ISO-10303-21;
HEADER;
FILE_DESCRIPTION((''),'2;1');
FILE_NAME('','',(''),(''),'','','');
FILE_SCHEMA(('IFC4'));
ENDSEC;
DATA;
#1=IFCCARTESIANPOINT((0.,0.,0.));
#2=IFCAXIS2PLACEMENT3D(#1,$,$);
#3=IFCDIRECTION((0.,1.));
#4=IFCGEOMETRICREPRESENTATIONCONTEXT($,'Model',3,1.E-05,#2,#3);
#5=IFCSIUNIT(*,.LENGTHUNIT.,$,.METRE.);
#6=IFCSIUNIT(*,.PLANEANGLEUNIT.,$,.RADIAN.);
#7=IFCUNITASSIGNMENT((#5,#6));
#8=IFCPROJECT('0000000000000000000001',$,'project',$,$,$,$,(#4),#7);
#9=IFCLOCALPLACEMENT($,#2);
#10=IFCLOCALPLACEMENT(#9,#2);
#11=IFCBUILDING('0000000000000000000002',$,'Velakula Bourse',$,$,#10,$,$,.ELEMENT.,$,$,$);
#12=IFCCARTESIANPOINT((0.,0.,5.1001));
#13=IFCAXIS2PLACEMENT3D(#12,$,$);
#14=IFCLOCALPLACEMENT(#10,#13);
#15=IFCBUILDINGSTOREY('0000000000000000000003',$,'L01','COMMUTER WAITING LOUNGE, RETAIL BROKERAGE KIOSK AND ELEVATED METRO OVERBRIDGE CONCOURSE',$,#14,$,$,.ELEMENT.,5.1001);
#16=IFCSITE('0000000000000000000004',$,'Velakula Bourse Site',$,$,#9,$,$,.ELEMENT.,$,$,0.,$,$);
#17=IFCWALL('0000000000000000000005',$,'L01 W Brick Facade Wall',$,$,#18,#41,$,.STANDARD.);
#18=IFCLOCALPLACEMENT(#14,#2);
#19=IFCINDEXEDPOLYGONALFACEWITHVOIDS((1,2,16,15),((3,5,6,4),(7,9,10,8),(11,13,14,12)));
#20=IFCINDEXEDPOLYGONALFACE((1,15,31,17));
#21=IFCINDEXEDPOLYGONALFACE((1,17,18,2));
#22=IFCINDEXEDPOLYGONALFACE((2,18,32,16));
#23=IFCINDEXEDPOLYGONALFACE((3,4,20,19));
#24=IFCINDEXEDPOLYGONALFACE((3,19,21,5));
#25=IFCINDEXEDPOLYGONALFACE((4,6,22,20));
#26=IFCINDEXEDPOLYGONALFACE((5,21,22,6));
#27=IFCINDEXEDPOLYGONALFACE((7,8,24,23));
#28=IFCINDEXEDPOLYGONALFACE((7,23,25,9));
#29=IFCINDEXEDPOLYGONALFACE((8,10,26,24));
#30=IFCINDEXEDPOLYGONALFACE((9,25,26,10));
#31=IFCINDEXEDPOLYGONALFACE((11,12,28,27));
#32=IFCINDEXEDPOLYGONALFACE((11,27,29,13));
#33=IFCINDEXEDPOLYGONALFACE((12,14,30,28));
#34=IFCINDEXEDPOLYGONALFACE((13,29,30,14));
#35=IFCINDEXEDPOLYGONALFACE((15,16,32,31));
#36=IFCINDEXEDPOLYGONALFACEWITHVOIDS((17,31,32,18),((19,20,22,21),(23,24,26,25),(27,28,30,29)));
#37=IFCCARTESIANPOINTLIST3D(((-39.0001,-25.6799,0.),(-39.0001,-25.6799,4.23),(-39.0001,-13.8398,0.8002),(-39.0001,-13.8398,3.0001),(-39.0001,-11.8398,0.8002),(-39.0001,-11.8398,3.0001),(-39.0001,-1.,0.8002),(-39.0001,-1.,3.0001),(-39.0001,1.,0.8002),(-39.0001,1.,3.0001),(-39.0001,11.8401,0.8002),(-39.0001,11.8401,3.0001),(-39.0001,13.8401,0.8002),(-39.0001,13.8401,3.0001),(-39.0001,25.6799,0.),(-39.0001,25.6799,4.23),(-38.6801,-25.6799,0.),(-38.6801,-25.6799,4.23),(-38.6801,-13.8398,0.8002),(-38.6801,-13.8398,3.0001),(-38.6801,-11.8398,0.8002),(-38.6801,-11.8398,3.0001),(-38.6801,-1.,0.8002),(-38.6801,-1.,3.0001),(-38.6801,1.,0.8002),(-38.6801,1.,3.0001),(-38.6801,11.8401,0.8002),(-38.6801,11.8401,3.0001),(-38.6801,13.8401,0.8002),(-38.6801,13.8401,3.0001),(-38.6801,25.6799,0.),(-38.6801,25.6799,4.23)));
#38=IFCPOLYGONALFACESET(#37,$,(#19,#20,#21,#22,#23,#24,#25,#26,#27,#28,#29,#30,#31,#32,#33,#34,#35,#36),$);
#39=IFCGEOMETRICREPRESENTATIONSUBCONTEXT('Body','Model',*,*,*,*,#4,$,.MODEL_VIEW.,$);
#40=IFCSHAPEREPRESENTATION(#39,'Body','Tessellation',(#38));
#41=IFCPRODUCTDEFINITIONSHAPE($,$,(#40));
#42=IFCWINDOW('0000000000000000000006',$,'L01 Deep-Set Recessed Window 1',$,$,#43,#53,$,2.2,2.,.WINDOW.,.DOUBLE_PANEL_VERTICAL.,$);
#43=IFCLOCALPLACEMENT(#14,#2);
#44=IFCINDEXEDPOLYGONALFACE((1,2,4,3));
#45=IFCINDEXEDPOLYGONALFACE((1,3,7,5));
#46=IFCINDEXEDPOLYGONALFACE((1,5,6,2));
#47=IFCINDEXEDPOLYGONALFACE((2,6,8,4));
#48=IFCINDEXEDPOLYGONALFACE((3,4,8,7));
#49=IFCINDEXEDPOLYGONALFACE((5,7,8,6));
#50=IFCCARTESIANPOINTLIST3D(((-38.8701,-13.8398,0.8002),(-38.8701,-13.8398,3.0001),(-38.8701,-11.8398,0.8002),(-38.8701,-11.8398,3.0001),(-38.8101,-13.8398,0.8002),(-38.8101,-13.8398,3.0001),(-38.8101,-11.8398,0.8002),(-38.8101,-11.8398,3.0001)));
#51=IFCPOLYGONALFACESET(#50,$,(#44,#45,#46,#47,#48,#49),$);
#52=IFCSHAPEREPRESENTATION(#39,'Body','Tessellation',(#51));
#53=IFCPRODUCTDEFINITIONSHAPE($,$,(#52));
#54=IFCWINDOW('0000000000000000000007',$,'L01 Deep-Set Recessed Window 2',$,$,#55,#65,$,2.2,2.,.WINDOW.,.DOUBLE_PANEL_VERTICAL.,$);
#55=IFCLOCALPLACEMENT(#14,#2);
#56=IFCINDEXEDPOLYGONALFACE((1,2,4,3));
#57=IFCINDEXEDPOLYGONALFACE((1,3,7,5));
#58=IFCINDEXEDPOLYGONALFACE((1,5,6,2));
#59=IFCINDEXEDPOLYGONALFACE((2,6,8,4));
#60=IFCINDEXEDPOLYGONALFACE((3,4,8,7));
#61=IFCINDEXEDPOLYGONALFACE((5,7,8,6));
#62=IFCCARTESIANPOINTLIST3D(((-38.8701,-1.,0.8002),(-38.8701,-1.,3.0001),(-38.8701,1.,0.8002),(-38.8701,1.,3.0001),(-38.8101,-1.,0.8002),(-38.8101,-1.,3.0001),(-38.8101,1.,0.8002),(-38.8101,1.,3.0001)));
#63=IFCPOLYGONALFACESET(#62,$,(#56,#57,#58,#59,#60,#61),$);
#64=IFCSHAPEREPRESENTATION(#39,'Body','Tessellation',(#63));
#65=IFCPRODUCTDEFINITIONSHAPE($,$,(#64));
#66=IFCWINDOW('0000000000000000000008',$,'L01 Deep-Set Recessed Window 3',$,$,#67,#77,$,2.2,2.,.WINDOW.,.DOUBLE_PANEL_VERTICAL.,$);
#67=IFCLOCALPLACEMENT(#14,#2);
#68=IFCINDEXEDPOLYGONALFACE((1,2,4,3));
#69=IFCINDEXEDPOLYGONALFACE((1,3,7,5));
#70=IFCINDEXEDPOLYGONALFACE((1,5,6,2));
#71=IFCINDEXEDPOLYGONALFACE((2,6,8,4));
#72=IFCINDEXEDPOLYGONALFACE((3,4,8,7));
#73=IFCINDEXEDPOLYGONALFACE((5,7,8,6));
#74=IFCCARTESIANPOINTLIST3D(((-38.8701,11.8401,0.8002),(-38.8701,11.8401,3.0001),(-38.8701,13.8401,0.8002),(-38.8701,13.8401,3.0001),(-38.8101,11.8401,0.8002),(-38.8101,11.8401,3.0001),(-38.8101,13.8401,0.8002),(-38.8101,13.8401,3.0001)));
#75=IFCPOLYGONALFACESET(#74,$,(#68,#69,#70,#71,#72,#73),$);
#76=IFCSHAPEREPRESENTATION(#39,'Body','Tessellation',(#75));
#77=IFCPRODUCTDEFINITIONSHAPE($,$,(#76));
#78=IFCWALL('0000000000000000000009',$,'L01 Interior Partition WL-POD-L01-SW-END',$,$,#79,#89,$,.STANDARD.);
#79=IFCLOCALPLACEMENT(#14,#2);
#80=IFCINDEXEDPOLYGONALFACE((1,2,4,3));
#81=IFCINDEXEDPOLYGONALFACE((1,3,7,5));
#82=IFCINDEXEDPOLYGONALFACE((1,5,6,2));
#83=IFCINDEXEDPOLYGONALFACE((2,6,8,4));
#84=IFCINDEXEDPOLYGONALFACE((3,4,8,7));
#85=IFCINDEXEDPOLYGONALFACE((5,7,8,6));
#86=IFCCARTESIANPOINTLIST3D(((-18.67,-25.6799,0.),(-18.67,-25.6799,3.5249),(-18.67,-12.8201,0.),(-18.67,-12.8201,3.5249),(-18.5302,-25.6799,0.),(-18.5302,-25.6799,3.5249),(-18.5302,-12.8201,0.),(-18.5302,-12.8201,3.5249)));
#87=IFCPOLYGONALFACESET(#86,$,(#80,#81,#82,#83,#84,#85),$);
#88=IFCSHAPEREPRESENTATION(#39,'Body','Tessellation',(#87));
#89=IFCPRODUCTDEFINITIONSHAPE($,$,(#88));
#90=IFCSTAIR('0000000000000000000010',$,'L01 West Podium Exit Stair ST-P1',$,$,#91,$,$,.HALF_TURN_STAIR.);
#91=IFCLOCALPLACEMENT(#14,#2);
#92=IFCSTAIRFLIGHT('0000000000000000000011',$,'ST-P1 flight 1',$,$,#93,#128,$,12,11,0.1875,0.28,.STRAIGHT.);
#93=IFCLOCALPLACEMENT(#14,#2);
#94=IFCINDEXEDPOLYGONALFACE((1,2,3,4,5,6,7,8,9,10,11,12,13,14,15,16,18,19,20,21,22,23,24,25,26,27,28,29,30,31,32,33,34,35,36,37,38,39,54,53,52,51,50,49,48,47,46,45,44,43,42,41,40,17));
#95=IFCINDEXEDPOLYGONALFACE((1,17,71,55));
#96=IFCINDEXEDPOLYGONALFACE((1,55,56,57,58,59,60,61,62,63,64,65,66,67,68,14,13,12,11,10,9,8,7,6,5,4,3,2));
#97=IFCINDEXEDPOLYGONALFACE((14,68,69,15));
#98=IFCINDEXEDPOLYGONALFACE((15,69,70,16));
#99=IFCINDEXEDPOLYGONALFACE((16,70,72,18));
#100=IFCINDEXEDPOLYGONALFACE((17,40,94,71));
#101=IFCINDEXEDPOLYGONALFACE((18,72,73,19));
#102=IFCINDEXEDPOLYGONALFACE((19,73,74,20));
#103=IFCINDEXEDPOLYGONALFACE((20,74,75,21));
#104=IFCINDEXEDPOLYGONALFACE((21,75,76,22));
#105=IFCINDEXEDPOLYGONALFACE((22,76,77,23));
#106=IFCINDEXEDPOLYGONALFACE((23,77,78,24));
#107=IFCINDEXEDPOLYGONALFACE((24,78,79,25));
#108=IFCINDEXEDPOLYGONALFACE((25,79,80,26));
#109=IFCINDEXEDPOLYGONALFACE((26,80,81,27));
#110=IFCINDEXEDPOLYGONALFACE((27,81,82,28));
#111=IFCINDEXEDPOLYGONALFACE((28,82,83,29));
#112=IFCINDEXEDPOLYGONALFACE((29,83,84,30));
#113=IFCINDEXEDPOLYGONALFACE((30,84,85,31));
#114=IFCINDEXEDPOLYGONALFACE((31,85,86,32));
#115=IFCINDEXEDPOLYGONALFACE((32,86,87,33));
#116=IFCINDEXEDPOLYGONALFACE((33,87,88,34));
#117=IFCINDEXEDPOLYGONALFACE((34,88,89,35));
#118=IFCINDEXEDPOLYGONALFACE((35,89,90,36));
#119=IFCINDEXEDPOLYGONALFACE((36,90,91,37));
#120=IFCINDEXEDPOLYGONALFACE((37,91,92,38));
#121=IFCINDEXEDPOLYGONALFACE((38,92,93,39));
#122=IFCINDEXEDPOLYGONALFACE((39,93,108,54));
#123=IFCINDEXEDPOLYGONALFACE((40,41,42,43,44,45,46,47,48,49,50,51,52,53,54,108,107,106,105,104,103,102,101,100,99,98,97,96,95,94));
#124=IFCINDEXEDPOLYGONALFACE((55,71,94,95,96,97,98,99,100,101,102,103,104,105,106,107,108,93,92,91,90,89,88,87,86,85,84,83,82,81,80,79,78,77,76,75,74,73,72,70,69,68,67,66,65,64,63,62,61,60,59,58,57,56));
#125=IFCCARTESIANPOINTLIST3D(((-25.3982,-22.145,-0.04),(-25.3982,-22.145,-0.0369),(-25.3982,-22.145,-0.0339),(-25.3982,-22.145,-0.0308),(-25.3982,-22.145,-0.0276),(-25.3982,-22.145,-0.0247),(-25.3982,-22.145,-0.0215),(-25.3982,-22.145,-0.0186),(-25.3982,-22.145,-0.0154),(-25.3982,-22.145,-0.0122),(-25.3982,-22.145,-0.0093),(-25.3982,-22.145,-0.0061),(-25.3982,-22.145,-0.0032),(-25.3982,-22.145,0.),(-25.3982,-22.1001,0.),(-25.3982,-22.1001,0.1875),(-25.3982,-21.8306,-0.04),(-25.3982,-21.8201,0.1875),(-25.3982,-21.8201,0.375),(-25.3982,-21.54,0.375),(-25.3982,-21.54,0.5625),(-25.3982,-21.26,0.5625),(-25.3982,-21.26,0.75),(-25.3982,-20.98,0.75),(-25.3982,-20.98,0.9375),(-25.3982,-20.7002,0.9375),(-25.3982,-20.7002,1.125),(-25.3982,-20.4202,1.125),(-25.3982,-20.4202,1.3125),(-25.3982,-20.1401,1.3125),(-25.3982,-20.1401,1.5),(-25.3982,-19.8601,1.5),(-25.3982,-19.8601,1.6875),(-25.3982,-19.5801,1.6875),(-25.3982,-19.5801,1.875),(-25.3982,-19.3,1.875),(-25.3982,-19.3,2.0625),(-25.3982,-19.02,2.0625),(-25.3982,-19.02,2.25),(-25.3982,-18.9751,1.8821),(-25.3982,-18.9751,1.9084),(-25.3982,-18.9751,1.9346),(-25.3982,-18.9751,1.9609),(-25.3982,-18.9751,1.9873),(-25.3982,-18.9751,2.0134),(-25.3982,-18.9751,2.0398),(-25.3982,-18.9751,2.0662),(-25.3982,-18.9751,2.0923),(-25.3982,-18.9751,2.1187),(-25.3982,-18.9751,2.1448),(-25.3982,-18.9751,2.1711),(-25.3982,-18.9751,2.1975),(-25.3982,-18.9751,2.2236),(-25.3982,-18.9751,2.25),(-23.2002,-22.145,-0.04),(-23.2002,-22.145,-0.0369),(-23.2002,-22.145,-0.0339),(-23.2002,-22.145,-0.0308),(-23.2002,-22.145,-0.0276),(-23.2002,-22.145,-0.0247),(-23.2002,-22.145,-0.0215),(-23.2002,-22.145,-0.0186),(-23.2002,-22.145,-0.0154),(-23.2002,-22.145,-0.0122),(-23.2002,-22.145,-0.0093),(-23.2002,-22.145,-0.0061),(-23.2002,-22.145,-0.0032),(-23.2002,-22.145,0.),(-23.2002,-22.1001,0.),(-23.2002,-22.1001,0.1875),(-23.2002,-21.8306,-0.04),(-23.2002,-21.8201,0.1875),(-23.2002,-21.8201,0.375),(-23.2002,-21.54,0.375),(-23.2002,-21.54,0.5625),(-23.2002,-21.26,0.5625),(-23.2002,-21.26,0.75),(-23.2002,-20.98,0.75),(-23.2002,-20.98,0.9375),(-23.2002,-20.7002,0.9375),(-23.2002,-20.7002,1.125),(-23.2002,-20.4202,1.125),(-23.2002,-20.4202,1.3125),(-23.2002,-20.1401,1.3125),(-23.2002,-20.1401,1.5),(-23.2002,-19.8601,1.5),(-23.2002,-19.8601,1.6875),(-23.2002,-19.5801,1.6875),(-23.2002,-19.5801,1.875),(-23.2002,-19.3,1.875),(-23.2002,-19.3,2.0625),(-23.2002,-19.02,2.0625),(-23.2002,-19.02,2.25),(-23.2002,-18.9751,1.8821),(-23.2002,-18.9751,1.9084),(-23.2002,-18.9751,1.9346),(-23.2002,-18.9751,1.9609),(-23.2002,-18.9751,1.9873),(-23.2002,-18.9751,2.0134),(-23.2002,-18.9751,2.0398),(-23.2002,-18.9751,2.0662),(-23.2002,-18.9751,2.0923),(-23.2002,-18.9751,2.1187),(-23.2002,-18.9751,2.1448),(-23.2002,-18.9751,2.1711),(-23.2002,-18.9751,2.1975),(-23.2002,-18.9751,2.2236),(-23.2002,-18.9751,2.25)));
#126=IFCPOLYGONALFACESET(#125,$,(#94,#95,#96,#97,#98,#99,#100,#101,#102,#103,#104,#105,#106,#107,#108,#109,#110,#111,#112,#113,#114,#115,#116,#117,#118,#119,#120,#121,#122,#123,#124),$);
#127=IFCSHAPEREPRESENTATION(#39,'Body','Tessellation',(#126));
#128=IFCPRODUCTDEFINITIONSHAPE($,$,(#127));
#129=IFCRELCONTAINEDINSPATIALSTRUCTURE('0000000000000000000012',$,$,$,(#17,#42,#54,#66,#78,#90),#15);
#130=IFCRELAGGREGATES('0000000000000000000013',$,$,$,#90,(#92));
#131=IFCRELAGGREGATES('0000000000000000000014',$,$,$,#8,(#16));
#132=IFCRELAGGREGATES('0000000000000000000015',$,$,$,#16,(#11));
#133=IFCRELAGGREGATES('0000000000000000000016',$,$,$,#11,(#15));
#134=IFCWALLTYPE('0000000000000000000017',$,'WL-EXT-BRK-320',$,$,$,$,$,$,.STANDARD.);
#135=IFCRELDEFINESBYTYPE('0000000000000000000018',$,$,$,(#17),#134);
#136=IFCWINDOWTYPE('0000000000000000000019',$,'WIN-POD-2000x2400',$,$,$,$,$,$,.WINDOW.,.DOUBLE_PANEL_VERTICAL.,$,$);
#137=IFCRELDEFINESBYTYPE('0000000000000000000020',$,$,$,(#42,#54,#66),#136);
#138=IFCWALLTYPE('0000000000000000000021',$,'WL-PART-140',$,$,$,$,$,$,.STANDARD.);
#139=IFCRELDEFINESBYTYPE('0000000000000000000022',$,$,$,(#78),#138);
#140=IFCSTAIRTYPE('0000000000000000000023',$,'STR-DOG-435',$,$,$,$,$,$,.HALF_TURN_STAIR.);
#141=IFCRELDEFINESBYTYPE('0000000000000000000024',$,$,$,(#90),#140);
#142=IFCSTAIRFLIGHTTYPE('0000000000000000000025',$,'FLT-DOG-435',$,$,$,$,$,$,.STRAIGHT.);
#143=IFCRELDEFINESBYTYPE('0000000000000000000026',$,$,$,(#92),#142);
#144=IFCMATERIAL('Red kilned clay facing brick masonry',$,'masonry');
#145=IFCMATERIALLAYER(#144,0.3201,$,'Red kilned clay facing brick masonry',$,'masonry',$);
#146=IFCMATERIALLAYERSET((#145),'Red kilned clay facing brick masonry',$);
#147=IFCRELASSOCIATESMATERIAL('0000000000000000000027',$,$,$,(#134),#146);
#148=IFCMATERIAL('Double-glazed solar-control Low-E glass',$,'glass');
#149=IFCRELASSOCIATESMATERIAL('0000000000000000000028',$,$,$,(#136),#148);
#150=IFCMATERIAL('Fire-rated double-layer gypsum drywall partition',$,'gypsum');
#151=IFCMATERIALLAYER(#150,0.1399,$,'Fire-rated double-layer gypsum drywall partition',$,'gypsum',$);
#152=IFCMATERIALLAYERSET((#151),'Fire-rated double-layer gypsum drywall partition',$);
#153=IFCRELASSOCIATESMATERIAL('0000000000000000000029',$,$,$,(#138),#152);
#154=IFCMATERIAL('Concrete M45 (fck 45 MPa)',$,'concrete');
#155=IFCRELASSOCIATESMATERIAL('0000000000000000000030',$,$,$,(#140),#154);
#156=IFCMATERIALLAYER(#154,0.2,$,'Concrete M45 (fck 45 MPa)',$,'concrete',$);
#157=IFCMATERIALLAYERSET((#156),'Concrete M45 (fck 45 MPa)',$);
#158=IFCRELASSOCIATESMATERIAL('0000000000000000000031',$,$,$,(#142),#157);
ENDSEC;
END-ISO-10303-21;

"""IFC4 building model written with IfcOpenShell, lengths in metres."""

from ifc_helpers import new_model, si_unit, direction, frame, frame_2d, origin, place, context, subcontext, project, spatial, polyline, rectangle, outline, extrude, material, layer, layer_set, type_object, element, fill, aggregate, save


model = new_model("IFC4")

# Units and contexts
model_context = context("Model", 3, precision=1e-05, world=origin(), true_north=direction((0.0, 1.0)))
body_context = subcontext(model_context, "Body", "Model", "MODEL_VIEW")
ifc_project = project(units=[si_unit("LENGTHUNIT", "METRE"), si_unit("PLANEANGLEUNIT", "RADIAN")], contexts=[model_context])

# Site, building, storey
site_placement = place(None, origin())
site = spatial("IfcSite", under=ifc_project, at=site_placement, Name="Velakula Bourse Site", CompositionType="ELEMENT", RefElevation=0.0)
building_placement = place(site_placement, origin())
building = spatial("IfcBuilding", under=site, at=building_placement, Name="Velakula Bourse", CompositionType="ELEMENT")
storey_placement = place(building_placement, frame((0.0, 0.0, 5.1001)))
storey = spatial("IfcBuildingStorey", under=building, at=storey_placement, Name="L01", Description="COMMUTER WAITING LOUNGE, RETAIL BROKERAGE KIOSK AND ELEVATED METRO OVERBRIDGE CONCOURSE", CompositionType="ELEMENT", Elevation=5.1001)

# Wall, openings, windows
ifc_material_1 = material(Name="Red kilned clay facing brick masonry", Category="masonry")
ifc_layer_1 = layer(ifc_material_1, 0.3201, Name="Red kilned clay facing brick masonry", Category="masonry")
ifc_layer_set_1 = layer_set([ifc_layer_1], Name="Red kilned clay facing brick masonry")
wall_type_1 = type_object("IfcWallType", Name="WL-EXT-BRK-320", PredefinedType="STANDARD", material=ifc_layer_set_1)
wall_1_placement = place(storey_placement, frame((-38.8401, -25.6799, 0.0), z_axis=(0.0, 0.0, 1.0), x_axis=(0.0, 1.0, 0.0)))
wall_1 = element("IfcWall", 1, at=wall_1_placement, inside=storey, type_object=wall_type_1, Name="L01 W Brick Facade Wall", PredefinedType="STANDARD", context=body_context, shape_type="SweptSolid", body=[
    extrude(rectangle(XDim=51.3599, YDim=0.3201, at=frame_2d((25.6799, 0.0))), origin(), (0.0, 0.0, 1.0), 4.23),
])
opening_1_placement = place(wall_1_placement, frame((11.8401, 0.0, 0.8)))
opening_1 = element("IfcOpeningElement", 2, at=opening_1_placement, cuts=wall_1, PredefinedType="OPENING", context=body_context, shape_type="SweptSolid", body=[
    extrude(rectangle(XDim=2.0, YDim=2.2, at=frame_2d((1.0, 1.1001))), frame((0.0, 0.1699, 0.0), z_axis=(0.0, -1.0, 0.0), x_axis=(1.0, 0.0, 0.0)), (0.0, 0.0, 1.0), 0.3401),
])
opening_2_placement = place(wall_1_placement, frame((24.6799, 0.0, 0.8)))
opening_2 = element("IfcOpeningElement", 3, at=opening_2_placement, cuts=wall_1, PredefinedType="OPENING", context=body_context, shape_type="SweptSolid", body=[
    extrude(rectangle(XDim=2.0, YDim=2.2, at=frame_2d((1.0, 1.1001))), frame((0.0, 0.1699, 0.0), z_axis=(0.0, -1.0, 0.0), x_axis=(1.0, 0.0, 0.0)), (0.0, 0.0, 1.0), 0.3401),
])
opening_3_placement = place(wall_1_placement, frame((37.52, 0.0, 0.8)))
opening_3 = element("IfcOpeningElement", 4, at=opening_3_placement, cuts=wall_1, PredefinedType="OPENING", context=body_context, shape_type="SweptSolid", body=[
    extrude(rectangle(XDim=2.0, YDim=2.2, at=frame_2d((1.0, 1.1001))), frame((0.0, 0.1699, 0.0), z_axis=(0.0, -1.0, 0.0), x_axis=(1.0, 0.0, 0.0)), (0.0, 0.0, 1.0), 0.3401),
])
ifc_material_2 = material(Name="Double-glazed solar-control Low-E glass", Category="glass")
window_type = type_object("IfcWindowType", Name="WIN-POD-2000x2400", PartitioningType="DOUBLE_PANEL_VERTICAL", PredefinedType="WINDOW", material=ifc_material_2)
window_1_placement = place(opening_1_placement, origin())
window_1 = element("IfcWindow", 5, at=window_1_placement, inside=storey, type_object=window_type, Name="L01 Deep-Set Recessed Window 1", OverallHeight=2.2, OverallWidth=2.0, PartitioningType="DOUBLE_PANEL_VERTICAL", PredefinedType="WINDOW", context=body_context, shape_type="SweptSolid", body=[
    extrude(rectangle(XDim=2.0, YDim=2.2, at=frame_2d((1.0, 1.1001))), frame((0.0, 0.03, 0.0), z_axis=(0.0, -1.0, 0.0), x_axis=(1.0, 0.0, 0.0)), (0.0, 0.0, 1.0), 0.0601),
])
fill(opening_1, window_1)
window_2_placement = place(opening_2_placement, origin())
window_2 = element("IfcWindow", 6, at=window_2_placement, inside=storey, type_object=window_type, Name="L01 Deep-Set Recessed Window 2", OverallHeight=2.2, OverallWidth=2.0, PartitioningType="DOUBLE_PANEL_VERTICAL", PredefinedType="WINDOW", context=body_context, shape_type="SweptSolid", body=[
    extrude(rectangle(XDim=2.0, YDim=2.2, at=frame_2d((1.0, 1.1001))), frame((0.0, 0.03, 0.0), z_axis=(0.0, -1.0, 0.0), x_axis=(1.0, 0.0, 0.0)), (0.0, 0.0, 1.0), 0.0601),
])
fill(opening_2, window_2)
window_3_placement = place(opening_3_placement, origin())
window_3 = element("IfcWindow", 7, at=window_3_placement, inside=storey, type_object=window_type, Name="L01 Deep-Set Recessed Window 3", OverallHeight=2.2, OverallWidth=2.0, PartitioningType="DOUBLE_PANEL_VERTICAL", PredefinedType="WINDOW", context=body_context, shape_type="SweptSolid", body=[
    extrude(rectangle(XDim=2.0, YDim=2.2, at=frame_2d((1.0, 1.1001))), frame((0.0, 0.03, 0.0), z_axis=(0.0, -1.0, 0.0), x_axis=(1.0, 0.0, 0.0)), (0.0, 0.0, 1.0), 0.0601),
])
fill(opening_3, window_3)

# Wall
ifc_material_3 = material(Name="Fire-rated double-layer gypsum drywall partition", Category="gypsum")
ifc_layer_2 = layer(ifc_material_3, 0.1399, Name="Fire-rated double-layer gypsum drywall partition", Category="gypsum")
ifc_layer_set_2 = layer_set([ifc_layer_2], Name="Fire-rated double-layer gypsum drywall partition")
wall_type_2 = type_object("IfcWallType", Name="WL-PART-140", PredefinedType="STANDARD", material=ifc_layer_set_2)
wall_2_placement = place(storey_placement, frame((-18.6001, -25.6799, 0.0), z_axis=(0.0, 0.0, 1.0), x_axis=(0.0, 1.0, 0.0)))
element("IfcWall", 8, at=wall_2_placement, inside=storey, type_object=wall_type_2, Name="L01 Interior Partition WL-POD-L01-SW-END", PredefinedType="STANDARD", context=body_context, shape_type="SweptSolid", body=[
    extrude(rectangle(XDim=12.8599, YDim=0.1399, at=frame_2d((6.4299, 0.0))), origin(), (0.0, 0.0, 1.0), 3.5249),
])

# Stair, stair flight
ifc_material_4 = material(Name="Concrete M45 (fck 45 MPa)", Category="concrete")
stair_type = type_object("IfcStairType", Name="STR-DOG-435", PredefinedType="HALF_TURN_STAIR", material=ifc_material_4)
stair_placement = place(storey_placement, origin())
stair = element("IfcStair", 9, at=stair_placement, inside=storey, type_object=stair_type, Name="L01 West Podium Exit Stair ST-P1", PredefinedType="HALF_TURN_STAIR")
ifc_layer_3 = layer(ifc_material_4, 0.2, Name="Concrete M45 (fck 45 MPa)", Category="concrete")
ifc_layer_set_3 = layer_set([ifc_layer_3], Name="Concrete M45 (fck 45 MPa)")
stair_flight_type = type_object("IfcStairFlightType", Name="FLT-DOG-435", PredefinedType="STRAIGHT", material=ifc_layer_set_3)
stair_flight_placement = place(storey_placement, frame((-24.2991, -22.1001, 0.0), z_axis=(0.0, 0.0, 1.0), x_axis=(0.0, 1.0, 0.0)))
stair_flight = element("IfcStairFlight", 10, at=stair_flight_placement, type_object=stair_flight_type, Name="ST-P1 flight 1", NumberOfRisers=12, NumberOfTreads=11, PredefinedType="STRAIGHT", RiserHeight=0.1875, TreadLength=0.28, context=body_context, shape_type="SweptSolid", body=[
    extrude(outline(polyline([(-0.0449, -0.04), (-0.0449, -0.0369), (-0.0449, -0.0339), (-0.0449, -0.0308), (-0.0449, -0.0276), (-0.0449, -0.0247), (-0.0449, -0.0215), (-0.0449, -0.0186), (-0.0449, -0.0154), (-0.0449, -0.0122), (-0.0449, -0.0093), (-0.0449, -0.0061), (-0.0449, -0.0032), (-0.0449, 0.0), (0.0, 0.0), (0.0, 0.1875), (0.28, 0.1875), (0.28, 0.375), (0.5601, 0.375), (0.5601, 0.5625), (0.8401, 0.5625), (0.8401, 0.75), (1.1201, 0.75), (1.1201, 0.9375), (1.3999, 0.9375), (1.3999, 1.125), (1.6799, 1.125), (1.6799, 1.3125), (1.96, 1.3125), (1.96, 1.5), (2.24, 1.5), (2.24, 1.6875), (2.52, 1.6875), (2.52, 1.875), (2.8, 1.875), (2.8, 2.0625), (3.0801, 2.0625), (3.0801, 2.25), (3.125, 2.25), (3.125, 2.2236), (3.125, 2.1975), (3.125, 2.1711), (3.125, 2.1448), (3.125, 2.1187), (3.125, 2.0923), (3.125, 2.0662), (3.125, 2.0398), (3.125, 2.0134), (3.125, 1.9873), (3.125, 1.9609), (3.125, 1.9346), (3.125, 1.9084), (3.125, 1.8821), (0.2695, -0.04), (-0.0449, -0.04)])), frame((0.0, 1.0991, 0.0), z_axis=(0.0, -1.0, 0.0), x_axis=(1.0, 0.0, 0.0)), (0.0, 0.0, 1.0), 2.198),
])
aggregate(stair, [stair_flight])

save(model, "model.ifc")
